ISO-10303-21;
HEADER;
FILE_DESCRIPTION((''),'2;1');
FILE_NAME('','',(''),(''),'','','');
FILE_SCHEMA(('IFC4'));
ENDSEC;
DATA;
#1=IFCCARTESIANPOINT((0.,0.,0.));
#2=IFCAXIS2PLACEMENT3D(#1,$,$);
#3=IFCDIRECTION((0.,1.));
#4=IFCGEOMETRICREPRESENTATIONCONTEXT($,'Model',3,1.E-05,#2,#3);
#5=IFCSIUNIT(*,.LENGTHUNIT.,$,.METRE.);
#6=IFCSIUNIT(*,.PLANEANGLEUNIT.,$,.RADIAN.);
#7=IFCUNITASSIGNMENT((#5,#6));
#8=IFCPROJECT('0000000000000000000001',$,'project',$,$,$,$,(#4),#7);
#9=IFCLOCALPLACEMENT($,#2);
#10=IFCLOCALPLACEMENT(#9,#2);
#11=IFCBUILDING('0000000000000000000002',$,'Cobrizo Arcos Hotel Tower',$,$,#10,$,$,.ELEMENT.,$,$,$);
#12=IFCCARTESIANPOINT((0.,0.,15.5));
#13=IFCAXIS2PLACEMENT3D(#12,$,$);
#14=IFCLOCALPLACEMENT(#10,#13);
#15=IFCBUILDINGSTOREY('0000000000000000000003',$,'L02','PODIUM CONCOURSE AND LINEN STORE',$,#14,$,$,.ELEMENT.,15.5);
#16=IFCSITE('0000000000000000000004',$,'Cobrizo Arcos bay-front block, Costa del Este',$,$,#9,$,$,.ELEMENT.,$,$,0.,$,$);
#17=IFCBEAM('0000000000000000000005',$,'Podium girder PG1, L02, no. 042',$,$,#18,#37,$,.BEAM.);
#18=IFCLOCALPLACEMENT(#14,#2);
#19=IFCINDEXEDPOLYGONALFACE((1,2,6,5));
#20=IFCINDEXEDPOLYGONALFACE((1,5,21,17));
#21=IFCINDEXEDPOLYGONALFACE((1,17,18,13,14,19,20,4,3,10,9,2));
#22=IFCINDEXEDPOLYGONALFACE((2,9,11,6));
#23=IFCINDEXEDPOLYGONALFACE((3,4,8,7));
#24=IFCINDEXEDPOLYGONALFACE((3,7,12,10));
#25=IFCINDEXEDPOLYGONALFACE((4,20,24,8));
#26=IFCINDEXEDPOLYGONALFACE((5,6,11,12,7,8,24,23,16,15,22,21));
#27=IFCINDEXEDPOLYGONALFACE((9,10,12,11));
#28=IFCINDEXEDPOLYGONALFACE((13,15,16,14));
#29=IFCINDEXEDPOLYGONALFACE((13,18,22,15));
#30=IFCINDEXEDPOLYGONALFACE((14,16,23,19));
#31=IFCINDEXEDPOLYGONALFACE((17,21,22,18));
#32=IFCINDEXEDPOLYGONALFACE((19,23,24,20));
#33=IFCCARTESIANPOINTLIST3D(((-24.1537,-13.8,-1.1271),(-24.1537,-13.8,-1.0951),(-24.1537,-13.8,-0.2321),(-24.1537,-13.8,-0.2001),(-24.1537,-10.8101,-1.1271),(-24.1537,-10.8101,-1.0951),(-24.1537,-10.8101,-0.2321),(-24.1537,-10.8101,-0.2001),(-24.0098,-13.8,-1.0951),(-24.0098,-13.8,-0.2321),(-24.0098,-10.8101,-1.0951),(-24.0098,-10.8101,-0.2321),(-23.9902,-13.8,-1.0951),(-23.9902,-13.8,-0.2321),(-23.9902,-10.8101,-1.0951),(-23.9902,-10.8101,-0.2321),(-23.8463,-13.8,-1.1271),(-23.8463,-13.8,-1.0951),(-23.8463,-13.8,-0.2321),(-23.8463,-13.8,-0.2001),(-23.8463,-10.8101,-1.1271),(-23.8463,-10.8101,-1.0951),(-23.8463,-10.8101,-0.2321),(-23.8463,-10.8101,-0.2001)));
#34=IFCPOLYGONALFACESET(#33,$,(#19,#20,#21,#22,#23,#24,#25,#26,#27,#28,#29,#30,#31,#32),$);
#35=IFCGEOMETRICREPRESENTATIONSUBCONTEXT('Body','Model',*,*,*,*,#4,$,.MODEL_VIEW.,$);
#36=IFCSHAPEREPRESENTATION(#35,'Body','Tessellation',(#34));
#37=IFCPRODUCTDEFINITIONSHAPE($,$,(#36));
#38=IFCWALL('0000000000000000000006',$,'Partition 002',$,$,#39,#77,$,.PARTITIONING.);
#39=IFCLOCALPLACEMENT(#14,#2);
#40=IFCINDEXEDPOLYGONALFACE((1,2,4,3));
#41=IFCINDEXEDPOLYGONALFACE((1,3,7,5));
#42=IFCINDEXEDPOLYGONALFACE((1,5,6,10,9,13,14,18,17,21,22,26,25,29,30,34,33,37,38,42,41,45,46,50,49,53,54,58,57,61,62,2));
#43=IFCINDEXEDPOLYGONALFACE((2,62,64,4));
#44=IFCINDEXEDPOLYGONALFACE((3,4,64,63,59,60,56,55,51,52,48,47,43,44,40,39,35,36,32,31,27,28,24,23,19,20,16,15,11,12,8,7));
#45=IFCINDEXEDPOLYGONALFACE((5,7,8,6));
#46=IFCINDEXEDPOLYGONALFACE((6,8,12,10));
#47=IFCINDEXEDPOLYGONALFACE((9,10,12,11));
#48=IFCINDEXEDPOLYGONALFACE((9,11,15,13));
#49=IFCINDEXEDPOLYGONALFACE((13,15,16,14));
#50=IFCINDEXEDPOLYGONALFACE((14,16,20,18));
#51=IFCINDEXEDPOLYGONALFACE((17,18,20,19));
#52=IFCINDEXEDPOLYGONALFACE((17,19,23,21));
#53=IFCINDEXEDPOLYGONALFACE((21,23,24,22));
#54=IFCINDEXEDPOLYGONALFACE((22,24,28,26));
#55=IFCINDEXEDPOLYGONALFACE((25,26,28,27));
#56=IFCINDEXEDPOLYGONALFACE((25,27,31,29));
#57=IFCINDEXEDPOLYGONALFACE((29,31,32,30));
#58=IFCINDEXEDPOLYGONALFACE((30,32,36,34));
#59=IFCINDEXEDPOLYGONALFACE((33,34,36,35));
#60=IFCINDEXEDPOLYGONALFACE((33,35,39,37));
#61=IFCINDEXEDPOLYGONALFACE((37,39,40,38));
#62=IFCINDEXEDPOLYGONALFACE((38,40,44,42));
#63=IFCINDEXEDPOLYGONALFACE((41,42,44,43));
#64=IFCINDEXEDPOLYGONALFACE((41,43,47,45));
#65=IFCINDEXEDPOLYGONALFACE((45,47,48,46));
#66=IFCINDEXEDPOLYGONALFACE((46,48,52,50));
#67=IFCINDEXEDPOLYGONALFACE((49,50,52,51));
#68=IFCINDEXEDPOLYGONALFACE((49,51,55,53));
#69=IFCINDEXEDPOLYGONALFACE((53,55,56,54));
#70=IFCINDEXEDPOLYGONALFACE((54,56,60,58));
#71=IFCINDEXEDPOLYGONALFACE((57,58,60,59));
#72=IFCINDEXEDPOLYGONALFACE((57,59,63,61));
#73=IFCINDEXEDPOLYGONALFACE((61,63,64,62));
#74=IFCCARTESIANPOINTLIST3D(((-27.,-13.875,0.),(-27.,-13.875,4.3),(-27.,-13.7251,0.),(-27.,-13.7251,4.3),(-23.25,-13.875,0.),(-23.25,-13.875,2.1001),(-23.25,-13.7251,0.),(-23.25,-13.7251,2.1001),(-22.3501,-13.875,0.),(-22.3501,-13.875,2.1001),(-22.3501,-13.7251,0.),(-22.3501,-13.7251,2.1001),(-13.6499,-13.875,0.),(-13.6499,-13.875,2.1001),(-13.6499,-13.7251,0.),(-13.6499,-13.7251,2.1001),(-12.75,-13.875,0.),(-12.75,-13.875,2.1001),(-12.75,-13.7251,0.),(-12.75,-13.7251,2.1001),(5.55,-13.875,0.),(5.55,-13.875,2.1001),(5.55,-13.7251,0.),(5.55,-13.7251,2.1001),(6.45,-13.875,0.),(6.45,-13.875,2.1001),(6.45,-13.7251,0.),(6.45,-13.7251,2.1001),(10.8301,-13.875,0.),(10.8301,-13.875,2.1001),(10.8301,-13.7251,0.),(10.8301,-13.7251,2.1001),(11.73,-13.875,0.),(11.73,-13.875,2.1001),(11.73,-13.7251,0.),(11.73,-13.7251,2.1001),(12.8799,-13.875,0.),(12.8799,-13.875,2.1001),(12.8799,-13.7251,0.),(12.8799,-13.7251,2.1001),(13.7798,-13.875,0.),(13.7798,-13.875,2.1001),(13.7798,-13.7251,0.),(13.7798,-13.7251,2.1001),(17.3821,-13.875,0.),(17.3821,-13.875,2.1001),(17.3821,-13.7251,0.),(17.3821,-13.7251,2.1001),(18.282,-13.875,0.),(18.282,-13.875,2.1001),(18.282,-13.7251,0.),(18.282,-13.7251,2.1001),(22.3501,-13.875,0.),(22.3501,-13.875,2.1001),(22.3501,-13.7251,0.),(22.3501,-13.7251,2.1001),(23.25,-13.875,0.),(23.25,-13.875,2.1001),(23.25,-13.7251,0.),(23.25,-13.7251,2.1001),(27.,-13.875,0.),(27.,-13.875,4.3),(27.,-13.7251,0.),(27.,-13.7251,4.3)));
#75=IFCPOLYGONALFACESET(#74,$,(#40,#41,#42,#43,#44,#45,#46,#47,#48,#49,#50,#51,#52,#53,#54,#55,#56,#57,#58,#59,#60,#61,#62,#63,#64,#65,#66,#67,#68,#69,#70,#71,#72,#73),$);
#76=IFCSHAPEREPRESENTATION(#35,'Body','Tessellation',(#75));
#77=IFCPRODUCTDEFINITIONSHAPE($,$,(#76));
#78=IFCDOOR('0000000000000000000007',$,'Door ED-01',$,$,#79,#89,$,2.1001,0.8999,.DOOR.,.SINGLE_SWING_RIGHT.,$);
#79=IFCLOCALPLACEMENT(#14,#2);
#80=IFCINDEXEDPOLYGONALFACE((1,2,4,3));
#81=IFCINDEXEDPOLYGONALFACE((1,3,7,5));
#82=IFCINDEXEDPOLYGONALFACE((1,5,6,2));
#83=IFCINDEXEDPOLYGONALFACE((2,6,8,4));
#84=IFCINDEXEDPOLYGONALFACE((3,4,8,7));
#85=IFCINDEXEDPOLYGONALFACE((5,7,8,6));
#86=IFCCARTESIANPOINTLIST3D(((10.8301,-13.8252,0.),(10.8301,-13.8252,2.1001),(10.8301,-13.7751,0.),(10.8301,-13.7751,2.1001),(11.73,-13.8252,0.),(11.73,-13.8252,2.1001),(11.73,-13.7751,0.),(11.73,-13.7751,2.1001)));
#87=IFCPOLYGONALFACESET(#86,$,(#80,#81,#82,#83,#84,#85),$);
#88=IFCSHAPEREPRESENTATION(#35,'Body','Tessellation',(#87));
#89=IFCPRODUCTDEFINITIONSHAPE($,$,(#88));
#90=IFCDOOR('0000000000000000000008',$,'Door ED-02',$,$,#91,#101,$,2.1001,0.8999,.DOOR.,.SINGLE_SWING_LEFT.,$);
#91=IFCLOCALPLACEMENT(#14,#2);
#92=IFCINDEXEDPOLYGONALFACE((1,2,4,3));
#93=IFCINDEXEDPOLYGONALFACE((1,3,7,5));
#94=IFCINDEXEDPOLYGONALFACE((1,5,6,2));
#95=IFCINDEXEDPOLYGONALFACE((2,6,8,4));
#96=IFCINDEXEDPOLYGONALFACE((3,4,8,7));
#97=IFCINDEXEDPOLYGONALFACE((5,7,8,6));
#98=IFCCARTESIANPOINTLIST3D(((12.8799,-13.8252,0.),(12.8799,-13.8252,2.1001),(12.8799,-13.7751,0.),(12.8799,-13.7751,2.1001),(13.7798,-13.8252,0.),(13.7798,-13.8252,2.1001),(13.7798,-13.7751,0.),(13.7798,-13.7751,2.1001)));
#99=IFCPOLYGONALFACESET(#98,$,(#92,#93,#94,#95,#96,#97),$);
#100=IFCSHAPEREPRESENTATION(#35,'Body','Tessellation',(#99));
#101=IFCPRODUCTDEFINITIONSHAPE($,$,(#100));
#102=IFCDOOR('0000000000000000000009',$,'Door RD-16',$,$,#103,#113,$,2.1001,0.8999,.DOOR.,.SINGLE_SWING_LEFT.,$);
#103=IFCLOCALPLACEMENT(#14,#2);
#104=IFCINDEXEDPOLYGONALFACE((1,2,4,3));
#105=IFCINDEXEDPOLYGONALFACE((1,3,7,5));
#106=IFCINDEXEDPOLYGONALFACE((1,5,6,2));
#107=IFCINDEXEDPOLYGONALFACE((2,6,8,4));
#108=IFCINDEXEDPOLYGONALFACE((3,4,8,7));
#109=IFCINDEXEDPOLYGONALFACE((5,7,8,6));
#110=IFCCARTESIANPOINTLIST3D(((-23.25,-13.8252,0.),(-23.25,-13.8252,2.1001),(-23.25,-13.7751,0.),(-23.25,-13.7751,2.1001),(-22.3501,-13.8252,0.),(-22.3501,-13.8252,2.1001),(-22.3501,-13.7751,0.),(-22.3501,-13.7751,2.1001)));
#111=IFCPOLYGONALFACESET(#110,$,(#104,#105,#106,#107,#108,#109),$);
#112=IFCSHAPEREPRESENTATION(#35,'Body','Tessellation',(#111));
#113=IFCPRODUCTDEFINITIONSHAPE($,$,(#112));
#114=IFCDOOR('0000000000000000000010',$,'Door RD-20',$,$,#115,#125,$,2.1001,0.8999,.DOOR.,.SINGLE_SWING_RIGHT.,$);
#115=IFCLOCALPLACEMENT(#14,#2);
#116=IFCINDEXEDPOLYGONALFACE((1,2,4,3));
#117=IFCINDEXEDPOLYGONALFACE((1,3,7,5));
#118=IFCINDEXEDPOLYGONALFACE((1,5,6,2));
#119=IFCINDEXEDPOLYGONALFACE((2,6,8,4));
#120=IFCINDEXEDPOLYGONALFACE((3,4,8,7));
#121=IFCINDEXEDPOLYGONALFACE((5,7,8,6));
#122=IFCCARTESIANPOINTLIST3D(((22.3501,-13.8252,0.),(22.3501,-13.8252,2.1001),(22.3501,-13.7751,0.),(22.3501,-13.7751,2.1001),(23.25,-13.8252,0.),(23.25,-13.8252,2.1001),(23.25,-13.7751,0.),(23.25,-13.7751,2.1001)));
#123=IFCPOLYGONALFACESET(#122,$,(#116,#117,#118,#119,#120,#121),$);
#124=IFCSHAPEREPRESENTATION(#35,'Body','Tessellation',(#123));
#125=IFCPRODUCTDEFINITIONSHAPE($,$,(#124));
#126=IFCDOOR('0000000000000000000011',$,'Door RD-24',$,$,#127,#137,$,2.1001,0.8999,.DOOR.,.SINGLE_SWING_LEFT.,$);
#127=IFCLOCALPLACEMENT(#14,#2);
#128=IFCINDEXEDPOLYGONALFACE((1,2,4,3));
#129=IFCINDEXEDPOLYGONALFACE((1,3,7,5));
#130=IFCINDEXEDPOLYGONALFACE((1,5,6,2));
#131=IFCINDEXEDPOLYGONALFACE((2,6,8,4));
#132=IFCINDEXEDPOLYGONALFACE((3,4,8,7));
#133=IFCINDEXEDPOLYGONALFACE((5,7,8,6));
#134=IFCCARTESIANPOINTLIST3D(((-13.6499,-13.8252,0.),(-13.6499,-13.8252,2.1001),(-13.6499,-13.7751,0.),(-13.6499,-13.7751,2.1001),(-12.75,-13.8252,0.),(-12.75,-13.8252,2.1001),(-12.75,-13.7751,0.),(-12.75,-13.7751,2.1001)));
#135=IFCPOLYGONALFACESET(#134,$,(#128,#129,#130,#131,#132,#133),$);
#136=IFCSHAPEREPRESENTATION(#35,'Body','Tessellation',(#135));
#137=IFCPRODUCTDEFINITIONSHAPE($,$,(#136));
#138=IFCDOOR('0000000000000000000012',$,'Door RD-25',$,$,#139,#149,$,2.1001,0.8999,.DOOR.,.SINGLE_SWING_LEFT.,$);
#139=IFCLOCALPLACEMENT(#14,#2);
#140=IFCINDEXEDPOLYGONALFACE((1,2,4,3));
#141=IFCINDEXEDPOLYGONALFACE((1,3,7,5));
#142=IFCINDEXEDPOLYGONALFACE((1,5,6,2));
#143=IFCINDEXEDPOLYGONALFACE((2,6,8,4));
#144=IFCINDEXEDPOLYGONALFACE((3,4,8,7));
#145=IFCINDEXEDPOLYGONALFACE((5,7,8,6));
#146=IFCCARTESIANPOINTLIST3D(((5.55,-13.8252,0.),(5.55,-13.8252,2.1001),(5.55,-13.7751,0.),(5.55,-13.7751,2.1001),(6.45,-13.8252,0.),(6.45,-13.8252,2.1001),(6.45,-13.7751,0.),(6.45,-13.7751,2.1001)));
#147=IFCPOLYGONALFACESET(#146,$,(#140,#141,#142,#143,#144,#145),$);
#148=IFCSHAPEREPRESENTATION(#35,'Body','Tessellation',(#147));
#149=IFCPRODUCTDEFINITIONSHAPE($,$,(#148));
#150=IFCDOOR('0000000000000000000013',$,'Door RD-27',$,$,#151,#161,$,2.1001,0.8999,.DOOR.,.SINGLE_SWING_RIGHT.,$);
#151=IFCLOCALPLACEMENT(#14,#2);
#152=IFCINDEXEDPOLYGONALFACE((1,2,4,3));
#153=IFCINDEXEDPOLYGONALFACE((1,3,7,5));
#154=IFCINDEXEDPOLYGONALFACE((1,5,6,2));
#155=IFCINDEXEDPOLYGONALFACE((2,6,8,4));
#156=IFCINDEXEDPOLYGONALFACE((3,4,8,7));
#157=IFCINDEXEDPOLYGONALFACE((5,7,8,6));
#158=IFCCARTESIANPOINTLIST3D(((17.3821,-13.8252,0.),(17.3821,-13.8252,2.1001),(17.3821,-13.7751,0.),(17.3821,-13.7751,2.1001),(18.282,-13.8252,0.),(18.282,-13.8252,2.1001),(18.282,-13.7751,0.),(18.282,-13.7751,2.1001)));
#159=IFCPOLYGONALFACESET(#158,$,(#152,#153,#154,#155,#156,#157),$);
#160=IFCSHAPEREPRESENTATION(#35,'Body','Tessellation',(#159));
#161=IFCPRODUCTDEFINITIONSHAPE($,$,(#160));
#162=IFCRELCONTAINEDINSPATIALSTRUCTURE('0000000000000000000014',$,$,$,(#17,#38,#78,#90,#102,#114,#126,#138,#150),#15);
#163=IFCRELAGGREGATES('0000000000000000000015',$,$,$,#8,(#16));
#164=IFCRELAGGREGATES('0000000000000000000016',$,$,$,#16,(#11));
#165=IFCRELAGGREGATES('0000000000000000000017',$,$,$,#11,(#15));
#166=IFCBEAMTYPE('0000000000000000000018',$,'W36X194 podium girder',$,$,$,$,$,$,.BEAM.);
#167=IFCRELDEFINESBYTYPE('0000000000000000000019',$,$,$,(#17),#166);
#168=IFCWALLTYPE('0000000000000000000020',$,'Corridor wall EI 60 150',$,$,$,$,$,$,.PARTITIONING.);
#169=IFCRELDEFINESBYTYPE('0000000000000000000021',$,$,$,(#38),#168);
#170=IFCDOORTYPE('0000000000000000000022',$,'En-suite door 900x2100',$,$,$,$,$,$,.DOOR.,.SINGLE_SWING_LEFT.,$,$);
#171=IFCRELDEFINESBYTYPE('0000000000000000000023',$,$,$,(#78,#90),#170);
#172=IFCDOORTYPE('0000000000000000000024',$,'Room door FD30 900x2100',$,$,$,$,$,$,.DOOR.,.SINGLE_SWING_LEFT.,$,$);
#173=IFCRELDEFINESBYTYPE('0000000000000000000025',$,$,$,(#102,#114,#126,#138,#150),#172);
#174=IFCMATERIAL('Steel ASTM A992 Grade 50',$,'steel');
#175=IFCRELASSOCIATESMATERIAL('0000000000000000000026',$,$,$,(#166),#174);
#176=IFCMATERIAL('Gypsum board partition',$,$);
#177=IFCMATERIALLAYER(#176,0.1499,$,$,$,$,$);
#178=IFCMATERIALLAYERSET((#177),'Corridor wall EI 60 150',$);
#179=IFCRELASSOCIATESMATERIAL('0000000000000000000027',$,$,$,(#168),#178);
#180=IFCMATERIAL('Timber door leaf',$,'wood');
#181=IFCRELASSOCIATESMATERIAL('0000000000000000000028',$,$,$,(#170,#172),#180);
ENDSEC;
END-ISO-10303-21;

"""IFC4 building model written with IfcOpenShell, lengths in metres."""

from ifc_helpers import new_model, si_unit, direction, frame, frame_2d, origin, origin_2d, place, context, subcontext, project, spatial, rectangle, i_section, extrude, material, layer, layer_set, material_profile, profile_set, type_object, element, fill, save


model = new_model("IFC4")

# Units and contexts
model_context = context("Model", 3, precision=1e-05, world=origin(), true_north=direction((0.0, 1.0)))
body_context = subcontext(model_context, "Body", "Model", "MODEL_VIEW")
ifc_project = project(units=[si_unit("LENGTHUNIT", "METRE"), si_unit("PLANEANGLEUNIT", "RADIAN")], contexts=[model_context])

# Site, building, storey
site_placement = place(None, origin())
site = spatial("IfcSite", under=ifc_project, at=site_placement, Name="Cobrizo Arcos bay-front block, Costa del Este", CompositionType="ELEMENT", RefElevation=0.0)
building_placement = place(site_placement, origin())
building = spatial("IfcBuilding", under=site, at=building_placement, Name="Cobrizo Arcos Hotel Tower", CompositionType="ELEMENT")
storey_placement = place(building_placement, frame((0.0, 0.0, 15.5)))
storey = spatial("IfcBuildingStorey", under=building, at=storey_placement, Name="L02", Description="PODIUM CONCOURSE AND LINEN STORE", CompositionType="ELEMENT", Elevation=15.5)

# Beam
ifc_material_1 = material(Name="Steel ASTM A992 Grade 50", Category="steel")
ifc_material_profile_1 = material_profile(ifc_material_1, i_section(OverallWidth=0.3074, OverallDepth=0.927, WebThickness=0.0195, FlangeThickness=0.032, at=origin_2d()), Name="W36X194")
ifc_profile_set_1 = profile_set([ifc_material_profile_1], Name="Steel ASTM A992 Grade 50")
beam_type_1 = type_object("IfcBeamType", Name="W36X194 podium girder", PredefinedType="BEAM", material=ifc_profile_set_1)
beam_1_placement = place(storey_placement, frame((-24.0, -13.8, -0.6636), z_axis=(0.0, 1.0, 0.0), x_axis=(-1.0, 0.0, 0.0)))
element("IfcBeam", 1, at=beam_1_placement, inside=storey, type_object=beam_type_1, Name="Podium girder PG1, L02, no. 042", PredefinedType="BEAM", context=body_context, shape_type="SweptSolid", body=[
    extrude(i_section(OverallWidth=0.3074, OverallDepth=0.927, WebThickness=0.0195, FlangeThickness=0.032, at=origin_2d()), origin(), (0.0, 0.0, 1.0), 2.99),
])

# Wall, openings, doors
ifc_material_2 = material(Name="Gypsum board partition")
ifc_layer_1 = layer(ifc_material_2, 0.1499)
ifc_layer_set_1 = layer_set([ifc_layer_1], Name="Corridor wall EI 60 150")
wall_type_1 = type_object("IfcWallType", Name="Corridor wall EI 60 150", PredefinedType="PARTITIONING", material=ifc_layer_set_1)
wall_1_placement = place(storey_placement, frame((-27.0, -13.8, 0.0), z_axis=(0.0, 0.0, 1.0), x_axis=(1.0, 0.0, 0.0)))
wall_1 = element("IfcWall", 2, at=wall_1_placement, inside=storey, type_object=wall_type_1, Name="Partition 002", PredefinedType="PARTITIONING", context=body_context, shape_type="SweptSolid", body=[
    extrude(rectangle(XDim=54.0, YDim=0.1499, at=frame_2d((27.0, 0.0))), origin(), (0.0, 0.0, 1.0), 4.3),
])
opening_1_placement = place(wall_1_placement, frame((37.8301, 0.0, 0.0)))
opening_1 = element("IfcOpeningElement", 3, at=opening_1_placement, cuts=wall_1, PredefinedType="OPENING", context=body_context, shape_type="SweptSolid", body=[
    extrude(rectangle(XDim=0.8999, YDim=2.1001, at=frame_2d((0.45, 1.05))), frame((0.0, 0.0869, 0.0), z_axis=(0.0, -1.0, 0.0), x_axis=(1.0, 0.0, 0.0)), (0.0, 0.0, 1.0), 0.1738),
])
opening_2_placement = place(wall_1_placement, frame((39.8799, 0.0, 0.0)))
opening_2 = element("IfcOpeningElement", 4, at=opening_2_placement, cuts=wall_1, PredefinedType="OPENING", context=body_context, shape_type="SweptSolid", body=[
    extrude(rectangle(XDim=0.8999, YDim=2.1001, at=frame_2d((0.45, 1.05))), frame((0.0, 0.0869, 0.0), z_axis=(0.0, -1.0, 0.0), x_axis=(1.0, 0.0, 0.0)), (0.0, 0.0, 1.0), 0.1738),
])
opening_3_placement = place(wall_1_placement, frame((3.75, 0.0, 0.0)))
opening_3 = element("IfcOpeningElement", 5, at=opening_3_placement, cuts=wall_1, PredefinedType="OPENING", context=body_context, shape_type="SweptSolid", body=[
    extrude(rectangle(XDim=0.8999, YDim=2.1001, at=frame_2d((0.45, 1.05))), frame((0.0, 0.0869, 0.0), z_axis=(0.0, -1.0, 0.0), x_axis=(1.0, 0.0, 0.0)), (0.0, 0.0, 1.0), 0.1738),
])
opening_4_placement = place(wall_1_placement, frame((49.3501, 0.0, 0.0)))
opening_4 = element("IfcOpeningElement", 6, at=opening_4_placement, cuts=wall_1, PredefinedType="OPENING", context=body_context, shape_type="SweptSolid", body=[
    extrude(rectangle(XDim=0.8999, YDim=2.1001, at=frame_2d((0.45, 1.05))), frame((0.0, 0.0869, 0.0), z_axis=(0.0, -1.0, 0.0), x_axis=(1.0, 0.0, 0.0)), (0.0, 0.0, 1.0), 0.1738),
])
opening_5_placement = place(wall_1_placement, frame((13.3501, 0.0, 0.0)))
opening_5 = element("IfcOpeningElement", 7, at=opening_5_placement, cuts=wall_1, PredefinedType="OPENING", context=body_context, shape_type="SweptSolid", body=[
    extrude(rectangle(XDim=0.8999, YDim=2.1001, at=frame_2d((0.45, 1.05))), frame((0.0, 0.0869, 0.0), z_axis=(0.0, -1.0, 0.0), x_axis=(1.0, 0.0, 0.0)), (0.0, 0.0, 1.0), 0.1738),
])
opening_6_placement = place(wall_1_placement, frame((32.55, 0.0, 0.0)))
opening_6 = element("IfcOpeningElement", 8, at=opening_6_placement, cuts=wall_1, PredefinedType="OPENING", context=body_context, shape_type="SweptSolid", body=[
    extrude(rectangle(XDim=0.8999, YDim=2.1001, at=frame_2d((0.45, 1.05))), frame((0.0, 0.0869, 0.0), z_axis=(0.0, -1.0, 0.0), x_axis=(1.0, 0.0, 0.0)), (0.0, 0.0, 1.0), 0.1738),
])
opening_7_placement = place(wall_1_placement, frame((44.3821, 0.0, 0.0)))
opening_7 = element("IfcOpeningElement", 9, at=opening_7_placement, cuts=wall_1, PredefinedType="OPENING", context=body_context, shape_type="SweptSolid", body=[
    extrude(rectangle(XDim=0.8999, YDim=2.1001, at=frame_2d((0.45, 1.05))), frame((0.0, 0.0869, 0.0), z_axis=(0.0, -1.0, 0.0), x_axis=(1.0, 0.0, 0.0)), (0.0, 0.0, 1.0), 0.1738),
])
ifc_material_3 = material(Name="Timber door leaf", Category="wood")
door_type_1 = type_object("IfcDoorType", Name="En-suite door 900x2100", OperationType="SINGLE_SWING_LEFT", PredefinedType="DOOR", material=ifc_material_3)
door_1_placement = place(opening_1_placement, origin())
door_1 = element("IfcDoor", 10, at=door_1_placement, inside=storey, type_object=door_type_1, Name="Door ED-01", OperationType="SINGLE_SWING_RIGHT", OverallHeight=2.1001, OverallWidth=0.8999, PredefinedType="DOOR", context=body_context, shape_type="SweptSolid", body=[
    extrude(rectangle(XDim=0.8999, YDim=2.1001, at=frame_2d((0.45, 1.05))), frame((0.0, 0.0249, 0.0), z_axis=(0.0, -1.0, 0.0), x_axis=(1.0, 0.0, 0.0)), (0.0, 0.0, 1.0), 0.05),
])
fill(opening_1, door_1)
door_2_placement = place(opening_2_placement, origin())
door_2 = element("IfcDoor", 11, at=door_2_placement, inside=storey, type_object=door_type_1, Name="Door ED-02", OperationType="SINGLE_SWING_LEFT", OverallHeight=2.1001, OverallWidth=0.8999, PredefinedType="DOOR", context=body_context, shape_type="SweptSolid", body=[
    extrude(rectangle(XDim=0.8999, YDim=2.1001, at=frame_2d((0.45, 1.05))), frame((0.0, 0.0249, 0.0), z_axis=(0.0, -1.0, 0.0), x_axis=(1.0, 0.0, 0.0)), (0.0, 0.0, 1.0), 0.05),
])
fill(opening_2, door_2)
door_type_2 = type_object("IfcDoorType", Name="Room door FD30 900x2100", OperationType="SINGLE_SWING_LEFT", PredefinedType="DOOR", material=ifc_material_3)
door_3_placement = place(opening_3_placement, origin())
door_3 = element("IfcDoor", 12, at=door_3_placement, inside=storey, type_object=door_type_2, Name="Door RD-16", OperationType="SINGLE_SWING_LEFT", OverallHeight=2.1001, OverallWidth=0.8999, PredefinedType="DOOR", context=body_context, shape_type="SweptSolid", body=[
    extrude(rectangle(XDim=0.8999, YDim=2.1001, at=frame_2d((0.45, 1.05))), frame((0.0, 0.0249, 0.0), z_axis=(0.0, -1.0, 0.0), x_axis=(1.0, 0.0, 0.0)), (0.0, 0.0, 1.0), 0.05),
])
fill(opening_3, door_3)
door_4_placement = place(opening_4_placement, origin())
door_4 = element("IfcDoor", 13, at=door_4_placement, inside=storey, type_object=door_type_2, Name="Door RD-20", OperationType="SINGLE_SWING_RIGHT", OverallHeight=2.1001, OverallWidth=0.8999, PredefinedType="DOOR", context=body_context, shape_type="SweptSolid", body=[
    extrude(rectangle(XDim=0.8999, YDim=2.1001, at=frame_2d((0.45, 1.05))), frame((0.0, 0.0249, 0.0), z_axis=(0.0, -1.0, 0.0), x_axis=(1.0, 0.0, 0.0)), (0.0, 0.0, 1.0), 0.05),
])
fill(opening_4, door_4)
door_5_placement = place(opening_5_placement, origin())
door_5 = element("IfcDoor", 14, at=door_5_placement, inside=storey, type_object=door_type_2, Name="Door RD-24", OperationType="SINGLE_SWING_LEFT", OverallHeight=2.1001, OverallWidth=0.8999, PredefinedType="DOOR", context=body_context, shape_type="SweptSolid", body=[
    extrude(rectangle(XDim=0.8999, YDim=2.1001, at=frame_2d((0.45, 1.05))), frame((0.0, 0.0249, 0.0), z_axis=(0.0, -1.0, 0.0), x_axis=(1.0, 0.0, 0.0)), (0.0, 0.0, 1.0), 0.05),
])
fill(opening_5, door_5)
door_6_placement = place(opening_6_placement, origin())
door_6 = element("IfcDoor", 15, at=door_6_placement, inside=storey, type_object=door_type_2, Name="Door RD-25", OperationType="SINGLE_SWING_LEFT", OverallHeight=2.1001, OverallWidth=0.8999, PredefinedType="DOOR", context=body_context, shape_type="SweptSolid", body=[
    extrude(rectangle(XDim=0.8999, YDim=2.1001, at=frame_2d((0.45, 1.05))), frame((0.0, 0.0249, 0.0), z_axis=(0.0, -1.0, 0.0), x_axis=(1.0, 0.0, 0.0)), (0.0, 0.0, 1.0), 0.05),
])
fill(opening_6, door_6)
door_7_placement = place(opening_7_placement, origin())
door_7 = element("IfcDoor", 16, at=door_7_placement, inside=storey, type_object=door_type_2, Name="Door RD-27", OperationType="SINGLE_SWING_RIGHT", OverallHeight=2.1001, OverallWidth=0.8999, PredefinedType="DOOR", context=body_context, shape_type="SweptSolid", body=[
    extrude(rectangle(XDim=0.8999, YDim=2.1001, at=frame_2d((0.45, 1.05))), frame((0.0, 0.0249, 0.0), z_axis=(0.0, -1.0, 0.0), x_axis=(1.0, 0.0, 0.0)), (0.0, 0.0, 1.0), 0.05),
])
fill(opening_7, door_7)

save(model, "model.ifc")
